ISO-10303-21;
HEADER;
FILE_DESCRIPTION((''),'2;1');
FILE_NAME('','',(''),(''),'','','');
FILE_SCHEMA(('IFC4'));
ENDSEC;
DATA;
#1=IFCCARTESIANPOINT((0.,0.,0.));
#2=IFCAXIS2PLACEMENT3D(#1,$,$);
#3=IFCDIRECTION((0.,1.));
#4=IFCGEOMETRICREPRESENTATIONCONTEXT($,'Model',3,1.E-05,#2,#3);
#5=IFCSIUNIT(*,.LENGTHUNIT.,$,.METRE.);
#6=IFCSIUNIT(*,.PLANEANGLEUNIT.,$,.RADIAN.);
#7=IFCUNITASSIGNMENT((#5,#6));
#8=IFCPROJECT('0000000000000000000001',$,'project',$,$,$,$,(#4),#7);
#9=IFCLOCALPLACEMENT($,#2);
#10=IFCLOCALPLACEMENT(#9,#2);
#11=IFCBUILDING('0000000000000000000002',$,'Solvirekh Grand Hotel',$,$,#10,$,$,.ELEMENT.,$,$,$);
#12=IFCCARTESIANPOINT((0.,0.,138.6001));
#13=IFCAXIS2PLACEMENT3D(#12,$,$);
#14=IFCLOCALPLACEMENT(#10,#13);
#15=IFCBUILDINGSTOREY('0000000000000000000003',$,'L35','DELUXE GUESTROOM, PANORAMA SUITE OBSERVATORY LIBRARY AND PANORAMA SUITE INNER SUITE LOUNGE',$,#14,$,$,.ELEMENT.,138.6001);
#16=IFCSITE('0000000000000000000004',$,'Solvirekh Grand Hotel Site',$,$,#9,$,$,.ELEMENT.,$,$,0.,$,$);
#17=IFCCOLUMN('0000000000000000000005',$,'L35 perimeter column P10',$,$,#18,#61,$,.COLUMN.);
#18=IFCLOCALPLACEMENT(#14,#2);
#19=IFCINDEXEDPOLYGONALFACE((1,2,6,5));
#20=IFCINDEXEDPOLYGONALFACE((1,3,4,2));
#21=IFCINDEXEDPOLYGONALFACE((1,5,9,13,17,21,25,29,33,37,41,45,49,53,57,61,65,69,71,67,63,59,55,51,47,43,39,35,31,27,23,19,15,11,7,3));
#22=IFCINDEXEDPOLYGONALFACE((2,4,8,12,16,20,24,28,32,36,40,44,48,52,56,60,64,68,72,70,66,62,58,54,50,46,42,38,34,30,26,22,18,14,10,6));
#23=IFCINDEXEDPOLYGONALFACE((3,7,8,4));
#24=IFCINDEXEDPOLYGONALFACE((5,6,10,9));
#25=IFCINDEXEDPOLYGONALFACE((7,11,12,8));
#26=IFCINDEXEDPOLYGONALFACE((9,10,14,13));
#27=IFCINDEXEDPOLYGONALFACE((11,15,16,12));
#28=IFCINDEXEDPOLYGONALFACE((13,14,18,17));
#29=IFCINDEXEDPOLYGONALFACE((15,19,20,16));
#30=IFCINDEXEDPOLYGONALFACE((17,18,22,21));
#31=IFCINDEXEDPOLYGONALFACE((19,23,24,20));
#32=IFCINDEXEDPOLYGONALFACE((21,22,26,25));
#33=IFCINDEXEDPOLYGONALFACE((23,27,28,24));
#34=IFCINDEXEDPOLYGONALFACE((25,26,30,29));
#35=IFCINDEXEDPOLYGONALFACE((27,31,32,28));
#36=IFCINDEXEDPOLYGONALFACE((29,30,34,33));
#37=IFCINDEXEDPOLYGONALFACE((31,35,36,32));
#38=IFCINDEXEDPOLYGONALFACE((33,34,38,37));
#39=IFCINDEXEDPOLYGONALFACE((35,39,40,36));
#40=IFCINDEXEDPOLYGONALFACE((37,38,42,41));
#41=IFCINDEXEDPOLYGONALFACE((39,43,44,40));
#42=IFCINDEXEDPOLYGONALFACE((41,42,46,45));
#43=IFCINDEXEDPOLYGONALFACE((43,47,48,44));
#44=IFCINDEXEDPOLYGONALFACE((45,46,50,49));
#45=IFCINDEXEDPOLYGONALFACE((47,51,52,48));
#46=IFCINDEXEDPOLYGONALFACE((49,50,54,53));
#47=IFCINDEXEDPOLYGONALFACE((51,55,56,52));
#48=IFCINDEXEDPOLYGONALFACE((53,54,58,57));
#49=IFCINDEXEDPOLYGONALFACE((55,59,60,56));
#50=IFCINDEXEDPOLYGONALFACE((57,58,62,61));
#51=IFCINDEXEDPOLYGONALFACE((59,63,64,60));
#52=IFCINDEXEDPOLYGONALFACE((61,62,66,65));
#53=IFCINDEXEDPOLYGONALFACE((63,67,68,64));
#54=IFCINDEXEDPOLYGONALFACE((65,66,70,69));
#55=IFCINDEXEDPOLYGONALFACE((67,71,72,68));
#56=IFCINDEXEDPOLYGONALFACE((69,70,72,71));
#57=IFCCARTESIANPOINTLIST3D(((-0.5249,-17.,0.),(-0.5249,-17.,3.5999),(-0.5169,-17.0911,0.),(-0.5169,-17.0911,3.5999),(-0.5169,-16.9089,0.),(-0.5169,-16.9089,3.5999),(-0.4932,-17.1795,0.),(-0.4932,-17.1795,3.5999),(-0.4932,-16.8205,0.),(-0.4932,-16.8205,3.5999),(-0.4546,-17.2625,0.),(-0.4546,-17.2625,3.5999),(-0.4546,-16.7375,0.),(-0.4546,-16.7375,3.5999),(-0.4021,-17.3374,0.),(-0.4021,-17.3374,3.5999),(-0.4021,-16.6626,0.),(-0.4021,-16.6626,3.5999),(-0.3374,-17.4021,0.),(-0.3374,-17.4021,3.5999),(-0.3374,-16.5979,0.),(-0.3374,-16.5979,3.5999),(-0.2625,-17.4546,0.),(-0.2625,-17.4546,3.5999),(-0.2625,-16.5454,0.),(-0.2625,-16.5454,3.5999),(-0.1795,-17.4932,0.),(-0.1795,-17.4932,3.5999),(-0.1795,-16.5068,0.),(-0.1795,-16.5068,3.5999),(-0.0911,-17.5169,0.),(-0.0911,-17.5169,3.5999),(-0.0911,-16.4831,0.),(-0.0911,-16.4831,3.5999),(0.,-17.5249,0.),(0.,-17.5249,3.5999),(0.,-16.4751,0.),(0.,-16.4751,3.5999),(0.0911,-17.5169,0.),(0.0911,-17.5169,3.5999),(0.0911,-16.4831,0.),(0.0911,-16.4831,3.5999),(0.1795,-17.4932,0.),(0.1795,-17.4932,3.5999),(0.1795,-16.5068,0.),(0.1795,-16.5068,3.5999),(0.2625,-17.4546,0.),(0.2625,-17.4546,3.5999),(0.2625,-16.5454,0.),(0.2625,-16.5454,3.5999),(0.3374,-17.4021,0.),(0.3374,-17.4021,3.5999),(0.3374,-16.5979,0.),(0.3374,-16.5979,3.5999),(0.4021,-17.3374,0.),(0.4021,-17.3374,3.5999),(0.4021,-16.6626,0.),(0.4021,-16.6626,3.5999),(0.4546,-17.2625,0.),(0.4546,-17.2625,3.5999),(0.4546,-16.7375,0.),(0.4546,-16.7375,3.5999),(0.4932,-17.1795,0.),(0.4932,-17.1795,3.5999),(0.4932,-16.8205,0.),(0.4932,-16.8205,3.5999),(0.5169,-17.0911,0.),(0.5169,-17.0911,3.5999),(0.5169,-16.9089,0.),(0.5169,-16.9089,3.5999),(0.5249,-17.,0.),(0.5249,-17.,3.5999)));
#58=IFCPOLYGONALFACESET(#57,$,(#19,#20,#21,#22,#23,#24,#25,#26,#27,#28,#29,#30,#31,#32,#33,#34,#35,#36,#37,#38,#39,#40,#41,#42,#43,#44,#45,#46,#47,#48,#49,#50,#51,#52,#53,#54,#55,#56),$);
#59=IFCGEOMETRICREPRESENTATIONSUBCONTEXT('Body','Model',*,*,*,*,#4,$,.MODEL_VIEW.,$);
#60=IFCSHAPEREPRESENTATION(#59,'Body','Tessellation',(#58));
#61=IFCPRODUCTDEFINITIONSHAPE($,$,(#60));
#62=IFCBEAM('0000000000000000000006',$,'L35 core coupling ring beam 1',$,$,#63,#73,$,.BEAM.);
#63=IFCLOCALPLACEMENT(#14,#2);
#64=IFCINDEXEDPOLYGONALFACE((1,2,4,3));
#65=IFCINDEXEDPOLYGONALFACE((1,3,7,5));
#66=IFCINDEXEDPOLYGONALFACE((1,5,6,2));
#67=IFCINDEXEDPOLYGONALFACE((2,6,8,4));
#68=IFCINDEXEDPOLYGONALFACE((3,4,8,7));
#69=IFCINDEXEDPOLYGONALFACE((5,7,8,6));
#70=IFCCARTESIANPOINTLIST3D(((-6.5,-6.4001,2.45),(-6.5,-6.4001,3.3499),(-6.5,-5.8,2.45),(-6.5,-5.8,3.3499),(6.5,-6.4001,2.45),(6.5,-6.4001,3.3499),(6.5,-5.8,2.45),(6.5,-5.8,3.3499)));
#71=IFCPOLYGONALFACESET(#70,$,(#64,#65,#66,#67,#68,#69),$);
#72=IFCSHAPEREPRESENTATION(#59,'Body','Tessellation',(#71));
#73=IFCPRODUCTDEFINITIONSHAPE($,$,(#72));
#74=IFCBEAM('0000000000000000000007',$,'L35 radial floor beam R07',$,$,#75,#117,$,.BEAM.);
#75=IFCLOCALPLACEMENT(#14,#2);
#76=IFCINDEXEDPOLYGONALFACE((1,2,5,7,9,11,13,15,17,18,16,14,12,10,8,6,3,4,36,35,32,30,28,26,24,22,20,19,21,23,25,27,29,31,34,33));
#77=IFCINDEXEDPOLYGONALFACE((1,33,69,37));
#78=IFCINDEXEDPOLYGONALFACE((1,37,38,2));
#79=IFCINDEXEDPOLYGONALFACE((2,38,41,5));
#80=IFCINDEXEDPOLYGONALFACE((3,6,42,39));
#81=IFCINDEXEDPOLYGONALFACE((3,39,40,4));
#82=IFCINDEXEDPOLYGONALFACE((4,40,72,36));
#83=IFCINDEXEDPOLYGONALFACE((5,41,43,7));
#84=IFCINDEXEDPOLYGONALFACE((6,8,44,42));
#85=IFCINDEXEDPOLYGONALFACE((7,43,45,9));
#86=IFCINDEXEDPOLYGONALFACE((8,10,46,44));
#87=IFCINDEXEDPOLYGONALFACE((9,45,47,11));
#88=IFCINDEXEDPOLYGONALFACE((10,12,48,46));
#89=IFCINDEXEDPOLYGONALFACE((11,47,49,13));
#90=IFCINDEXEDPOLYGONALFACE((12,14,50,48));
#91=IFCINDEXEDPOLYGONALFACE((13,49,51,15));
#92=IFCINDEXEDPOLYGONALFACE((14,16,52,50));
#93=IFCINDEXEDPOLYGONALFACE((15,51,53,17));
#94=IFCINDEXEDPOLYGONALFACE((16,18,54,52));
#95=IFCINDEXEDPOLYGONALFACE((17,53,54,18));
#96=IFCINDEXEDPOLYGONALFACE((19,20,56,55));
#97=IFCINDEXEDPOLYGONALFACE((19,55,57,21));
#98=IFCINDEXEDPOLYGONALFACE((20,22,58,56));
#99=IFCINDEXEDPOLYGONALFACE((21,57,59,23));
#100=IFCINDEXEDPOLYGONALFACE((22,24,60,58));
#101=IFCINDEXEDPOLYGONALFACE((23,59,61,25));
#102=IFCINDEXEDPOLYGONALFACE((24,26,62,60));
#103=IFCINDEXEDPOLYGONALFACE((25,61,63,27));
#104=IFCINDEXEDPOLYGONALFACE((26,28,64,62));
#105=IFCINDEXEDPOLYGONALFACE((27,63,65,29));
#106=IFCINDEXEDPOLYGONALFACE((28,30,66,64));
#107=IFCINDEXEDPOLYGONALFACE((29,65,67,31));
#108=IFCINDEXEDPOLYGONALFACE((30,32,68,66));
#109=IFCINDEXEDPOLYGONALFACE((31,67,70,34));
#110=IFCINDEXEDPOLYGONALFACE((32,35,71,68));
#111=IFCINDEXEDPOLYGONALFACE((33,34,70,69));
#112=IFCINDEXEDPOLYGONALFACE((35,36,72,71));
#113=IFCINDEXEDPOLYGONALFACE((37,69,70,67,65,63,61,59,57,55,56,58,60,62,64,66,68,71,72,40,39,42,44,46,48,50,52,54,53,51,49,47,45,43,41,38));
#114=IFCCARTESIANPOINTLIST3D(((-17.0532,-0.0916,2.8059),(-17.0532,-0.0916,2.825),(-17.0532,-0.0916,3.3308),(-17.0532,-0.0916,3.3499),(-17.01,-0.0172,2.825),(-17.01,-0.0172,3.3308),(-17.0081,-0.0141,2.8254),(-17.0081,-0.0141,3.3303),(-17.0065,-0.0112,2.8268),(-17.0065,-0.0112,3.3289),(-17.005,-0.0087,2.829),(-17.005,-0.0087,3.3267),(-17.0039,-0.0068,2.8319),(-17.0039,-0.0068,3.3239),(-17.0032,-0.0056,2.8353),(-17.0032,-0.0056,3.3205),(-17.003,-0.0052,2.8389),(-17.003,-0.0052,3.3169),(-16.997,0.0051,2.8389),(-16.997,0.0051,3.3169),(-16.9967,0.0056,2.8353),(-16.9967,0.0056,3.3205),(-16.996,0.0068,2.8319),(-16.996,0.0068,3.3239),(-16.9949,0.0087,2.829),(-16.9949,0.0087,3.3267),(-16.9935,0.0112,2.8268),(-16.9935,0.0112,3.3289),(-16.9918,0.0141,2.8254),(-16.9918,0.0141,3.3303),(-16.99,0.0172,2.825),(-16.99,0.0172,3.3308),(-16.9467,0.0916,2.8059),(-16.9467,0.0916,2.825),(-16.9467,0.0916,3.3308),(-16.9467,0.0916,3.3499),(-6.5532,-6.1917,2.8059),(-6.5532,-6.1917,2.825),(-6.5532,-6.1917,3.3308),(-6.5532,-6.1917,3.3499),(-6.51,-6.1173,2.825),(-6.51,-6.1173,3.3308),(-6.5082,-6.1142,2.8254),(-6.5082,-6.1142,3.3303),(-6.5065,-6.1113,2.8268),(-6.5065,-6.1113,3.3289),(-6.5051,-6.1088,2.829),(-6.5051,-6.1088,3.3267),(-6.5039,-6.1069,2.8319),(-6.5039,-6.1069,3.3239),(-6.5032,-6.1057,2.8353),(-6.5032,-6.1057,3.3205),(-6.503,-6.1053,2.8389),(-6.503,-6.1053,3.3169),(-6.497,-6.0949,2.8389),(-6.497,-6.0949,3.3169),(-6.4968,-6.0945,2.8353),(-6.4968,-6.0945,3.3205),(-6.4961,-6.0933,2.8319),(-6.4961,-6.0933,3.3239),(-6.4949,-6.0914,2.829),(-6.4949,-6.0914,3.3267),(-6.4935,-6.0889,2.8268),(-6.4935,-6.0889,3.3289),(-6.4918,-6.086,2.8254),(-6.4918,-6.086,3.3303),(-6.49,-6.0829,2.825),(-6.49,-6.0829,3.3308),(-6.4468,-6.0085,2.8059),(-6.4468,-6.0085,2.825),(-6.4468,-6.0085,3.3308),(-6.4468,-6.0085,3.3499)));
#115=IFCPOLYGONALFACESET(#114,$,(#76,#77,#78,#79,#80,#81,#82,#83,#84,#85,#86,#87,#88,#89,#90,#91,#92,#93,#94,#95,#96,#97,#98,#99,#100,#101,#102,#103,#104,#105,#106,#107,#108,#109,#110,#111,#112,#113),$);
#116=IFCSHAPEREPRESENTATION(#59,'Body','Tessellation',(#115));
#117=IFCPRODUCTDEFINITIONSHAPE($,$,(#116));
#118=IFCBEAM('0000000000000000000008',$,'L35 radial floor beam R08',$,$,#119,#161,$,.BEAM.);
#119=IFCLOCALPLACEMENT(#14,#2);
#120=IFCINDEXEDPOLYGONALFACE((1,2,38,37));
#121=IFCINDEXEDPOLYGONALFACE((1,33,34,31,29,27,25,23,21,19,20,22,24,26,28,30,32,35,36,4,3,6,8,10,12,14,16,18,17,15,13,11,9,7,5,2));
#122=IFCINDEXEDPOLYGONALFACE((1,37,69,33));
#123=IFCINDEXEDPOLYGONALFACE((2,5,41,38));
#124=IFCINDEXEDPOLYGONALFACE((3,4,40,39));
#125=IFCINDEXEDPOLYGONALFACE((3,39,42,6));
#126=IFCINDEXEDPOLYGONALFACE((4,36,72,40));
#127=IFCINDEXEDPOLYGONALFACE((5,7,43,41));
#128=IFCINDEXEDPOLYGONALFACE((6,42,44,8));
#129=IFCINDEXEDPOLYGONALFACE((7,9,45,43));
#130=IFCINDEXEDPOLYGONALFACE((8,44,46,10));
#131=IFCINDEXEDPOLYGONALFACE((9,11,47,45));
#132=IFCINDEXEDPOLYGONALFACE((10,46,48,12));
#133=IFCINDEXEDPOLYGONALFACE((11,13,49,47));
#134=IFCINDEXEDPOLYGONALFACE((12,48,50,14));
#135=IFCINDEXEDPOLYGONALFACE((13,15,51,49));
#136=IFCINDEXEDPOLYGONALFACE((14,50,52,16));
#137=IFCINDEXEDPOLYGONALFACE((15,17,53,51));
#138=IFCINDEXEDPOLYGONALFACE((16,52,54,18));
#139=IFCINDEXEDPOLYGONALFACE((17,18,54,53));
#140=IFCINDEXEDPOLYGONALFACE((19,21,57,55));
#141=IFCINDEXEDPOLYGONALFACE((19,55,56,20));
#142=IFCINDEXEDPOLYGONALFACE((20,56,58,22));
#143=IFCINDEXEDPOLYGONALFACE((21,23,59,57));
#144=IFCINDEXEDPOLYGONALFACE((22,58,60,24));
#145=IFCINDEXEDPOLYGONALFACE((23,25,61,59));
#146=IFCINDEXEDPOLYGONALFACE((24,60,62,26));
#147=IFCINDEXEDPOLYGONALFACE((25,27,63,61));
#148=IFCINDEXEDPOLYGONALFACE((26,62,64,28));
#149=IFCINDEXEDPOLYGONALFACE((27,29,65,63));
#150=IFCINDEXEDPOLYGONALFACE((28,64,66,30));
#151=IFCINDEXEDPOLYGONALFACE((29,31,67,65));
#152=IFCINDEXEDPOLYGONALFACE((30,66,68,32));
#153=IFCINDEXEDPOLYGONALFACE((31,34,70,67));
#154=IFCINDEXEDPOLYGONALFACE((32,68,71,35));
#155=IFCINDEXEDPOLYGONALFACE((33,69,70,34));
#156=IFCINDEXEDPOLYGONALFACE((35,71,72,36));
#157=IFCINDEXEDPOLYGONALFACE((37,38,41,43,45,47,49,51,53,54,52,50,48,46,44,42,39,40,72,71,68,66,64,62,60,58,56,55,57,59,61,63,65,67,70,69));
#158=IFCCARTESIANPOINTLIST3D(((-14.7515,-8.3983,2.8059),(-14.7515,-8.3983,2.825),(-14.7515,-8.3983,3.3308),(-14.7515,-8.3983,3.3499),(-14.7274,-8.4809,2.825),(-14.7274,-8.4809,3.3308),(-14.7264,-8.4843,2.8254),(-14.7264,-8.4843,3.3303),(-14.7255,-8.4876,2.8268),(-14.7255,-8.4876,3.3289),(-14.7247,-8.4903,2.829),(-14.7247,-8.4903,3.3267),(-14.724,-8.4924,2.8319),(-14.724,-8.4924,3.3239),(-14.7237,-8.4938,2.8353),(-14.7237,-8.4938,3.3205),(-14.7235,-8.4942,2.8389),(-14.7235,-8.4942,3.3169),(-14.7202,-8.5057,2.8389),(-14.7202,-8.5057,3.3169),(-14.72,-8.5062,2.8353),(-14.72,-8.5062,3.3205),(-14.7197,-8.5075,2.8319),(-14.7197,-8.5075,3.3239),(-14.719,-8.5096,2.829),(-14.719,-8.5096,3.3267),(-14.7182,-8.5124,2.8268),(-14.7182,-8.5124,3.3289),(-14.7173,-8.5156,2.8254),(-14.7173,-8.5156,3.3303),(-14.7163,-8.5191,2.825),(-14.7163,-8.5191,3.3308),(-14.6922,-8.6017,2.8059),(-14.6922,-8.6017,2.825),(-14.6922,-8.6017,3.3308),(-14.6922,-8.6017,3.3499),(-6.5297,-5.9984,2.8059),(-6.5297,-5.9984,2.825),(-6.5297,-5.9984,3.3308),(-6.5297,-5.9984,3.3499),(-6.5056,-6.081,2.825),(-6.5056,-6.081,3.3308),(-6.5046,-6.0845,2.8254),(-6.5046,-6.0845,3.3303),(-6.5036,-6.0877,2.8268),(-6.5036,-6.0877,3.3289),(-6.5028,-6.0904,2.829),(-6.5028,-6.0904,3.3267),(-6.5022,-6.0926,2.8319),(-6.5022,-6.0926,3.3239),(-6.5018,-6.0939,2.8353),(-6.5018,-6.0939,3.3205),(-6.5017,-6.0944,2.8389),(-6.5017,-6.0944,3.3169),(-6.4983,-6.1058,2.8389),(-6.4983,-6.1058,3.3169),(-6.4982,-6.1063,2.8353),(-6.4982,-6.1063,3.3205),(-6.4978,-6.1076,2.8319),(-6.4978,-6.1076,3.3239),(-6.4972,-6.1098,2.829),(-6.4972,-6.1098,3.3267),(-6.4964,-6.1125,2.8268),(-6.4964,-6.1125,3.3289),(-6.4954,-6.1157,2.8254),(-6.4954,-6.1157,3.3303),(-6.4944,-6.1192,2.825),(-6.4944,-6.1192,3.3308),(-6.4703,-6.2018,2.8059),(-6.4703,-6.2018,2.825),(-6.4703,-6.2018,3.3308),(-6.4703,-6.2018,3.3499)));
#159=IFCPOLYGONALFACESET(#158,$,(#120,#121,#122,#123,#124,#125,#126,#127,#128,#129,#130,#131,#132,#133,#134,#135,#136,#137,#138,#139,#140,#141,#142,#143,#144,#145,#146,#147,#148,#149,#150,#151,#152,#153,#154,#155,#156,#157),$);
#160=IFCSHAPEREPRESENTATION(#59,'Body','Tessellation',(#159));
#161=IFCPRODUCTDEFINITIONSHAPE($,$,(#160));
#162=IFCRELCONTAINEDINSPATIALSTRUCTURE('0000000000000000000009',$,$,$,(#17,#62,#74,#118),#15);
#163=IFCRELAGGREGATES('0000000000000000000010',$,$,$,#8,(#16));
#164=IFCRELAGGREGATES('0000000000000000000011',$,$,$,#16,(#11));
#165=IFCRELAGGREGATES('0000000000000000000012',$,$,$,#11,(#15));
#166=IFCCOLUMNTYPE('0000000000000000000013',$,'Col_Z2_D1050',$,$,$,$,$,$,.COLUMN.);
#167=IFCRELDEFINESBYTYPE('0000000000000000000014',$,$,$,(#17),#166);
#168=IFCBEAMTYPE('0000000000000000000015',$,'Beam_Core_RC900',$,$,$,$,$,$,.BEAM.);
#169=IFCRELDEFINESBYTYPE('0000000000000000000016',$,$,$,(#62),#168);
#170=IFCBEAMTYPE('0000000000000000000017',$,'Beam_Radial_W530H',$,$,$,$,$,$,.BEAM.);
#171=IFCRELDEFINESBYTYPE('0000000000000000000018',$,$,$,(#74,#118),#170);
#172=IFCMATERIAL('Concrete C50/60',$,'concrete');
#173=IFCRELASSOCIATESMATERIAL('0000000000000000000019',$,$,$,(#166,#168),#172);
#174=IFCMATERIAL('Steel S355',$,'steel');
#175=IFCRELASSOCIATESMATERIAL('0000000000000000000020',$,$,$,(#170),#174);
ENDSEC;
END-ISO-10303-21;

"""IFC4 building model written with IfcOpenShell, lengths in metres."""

from ifc_helpers import new_model, si_unit, direction, frame, origin, origin_2d, place, context, subcontext, project, spatial, rectangle, circle, i_section, extrude, material, material_profile, profile_set, type_object, element, save


model = new_model("IFC4")

# Units and contexts
model_context = context("Model", 3, precision=1e-05, world=origin(), true_north=direction((0.0, 1.0)))
body_context = subcontext(model_context, "Body", "Model", "MODEL_VIEW")
ifc_project = project(units=[si_unit("LENGTHUNIT", "METRE"), si_unit("PLANEANGLEUNIT", "RADIAN")], contexts=[model_context])

# Site, building, storey
site_placement = place(None, origin())
site = spatial("IfcSite", under=ifc_project, at=site_placement, Name="Solvirekh Grand Hotel Site", CompositionType="ELEMENT", RefElevation=0.0)
building_placement = place(site_placement, origin())
building = spatial("IfcBuilding", under=site, at=building_placement, Name="Solvirekh Grand Hotel", CompositionType="ELEMENT")
storey_placement = place(building_placement, frame((0.0, 0.0, 138.6001)))
storey = spatial("IfcBuildingStorey", under=building, at=storey_placement, Name="L35", Description="DELUXE GUESTROOM, PANORAMA SUITE OBSERVATORY LIBRARY AND PANORAMA SUITE INNER SUITE LOUNGE", CompositionType="ELEMENT", Elevation=138.6001)

# Column
ifc_material_1 = material(Name="Concrete C50/60", Category="concrete")
ifc_material_profile_1 = material_profile(ifc_material_1, circle(Radius=0.5249, at=origin_2d()), Name="RC CIRC D1050")
ifc_profile_set_1 = profile_set([ifc_material_profile_1], Name="Concrete C50/60")
column_type = type_object("IfcColumnType", Name="Col_Z2_D1050", PredefinedType="COLUMN", material=ifc_profile_set_1)
column_placement = place(storey_placement, frame((0.0, -17.0, 0.0), z_axis=(0.0, 0.0, 1.0), x_axis=(1.0, 0.0, 0.0)))
element("IfcColumn", 1, at=column_placement, inside=storey, type_object=column_type, Name="L35 perimeter column P10", PredefinedType="COLUMN", context=body_context, shape_type="SweptSolid", body=[
    extrude(circle(Radius=0.5249, at=origin_2d()), origin(), (0.0, 0.0, 1.0), 3.5999),
])

# Beams
ifc_material_profile_2 = material_profile(ifc_material_1, rectangle(XDim=0.6001, YDim=0.8999, at=origin_2d()), Name="RC BEAM 600X900")
ifc_profile_set_2 = profile_set([ifc_material_profile_2], Name="Concrete C50/60")
beam_type_1 = type_object("IfcBeamType", Name="Beam_Core_RC900", PredefinedType="BEAM", material=ifc_profile_set_2)
beam_1_placement = place(storey_placement, frame((-6.5, -6.1001, 2.8999), z_axis=(1.0, 0.0, 0.0), x_axis=(0.0, 1.0, 0.0)))
element("IfcBeam", 2, at=beam_1_placement, inside=storey, type_object=beam_type_1, Name="L35 core coupling ring beam 1", PredefinedType="BEAM", context=body_context, shape_type="SweptSolid", body=[
    extrude(rectangle(XDim=0.6001, YDim=0.8999, at=origin_2d()), origin(), (0.0, 0.0, 1.0), 13.0),
])
ifc_material_2 = material(Name="Steel S355", Category="steel")
ifc_material_profile_3 = material_profile(ifc_material_2, i_section(OverallWidth=0.2119, OverallDepth=0.5439, WebThickness=0.012, FlangeThickness=0.019, FilletRadius=0.0139, at=origin_2d()), Name="W530X123")
ifc_profile_set_3 = profile_set([ifc_material_profile_3], Name="Steel S355")
beam_type_2 = type_object("IfcBeamType", Name="Beam_Radial_W530H", PredefinedType="BEAM", material=ifc_profile_set_3)
beam_2_placement = place(storey_placement, frame((-6.5, -6.1001, 3.0779), z_axis=(-0.86467, 0.50234, 0.0), x_axis=(-0.50234, -0.86467, 0.0)))
element("IfcBeam", 3, at=beam_2_placement, inside=storey, type_object=beam_type_2, Name="L35 radial floor beam R07", PredefinedType="BEAM", context=body_context, shape_type="SweptSolid", body=[
    extrude(i_section(OverallWidth=0.2119, OverallDepth=0.5439, WebThickness=0.012, FlangeThickness=0.019, FilletRadius=0.0139, at=origin_2d()), origin(), (0.0, 0.0, 1.0), 12.1433),
])
beam_3_placement = place(storey_placement, frame((-6.5, -6.1001, 3.0779), z_axis=(-0.959942, -0.280198, 0.0), x_axis=(0.280198, -0.959942, 0.0)))
element("IfcBeam", 4, at=beam_3_placement, inside=storey, type_object=beam_type_2, Name="L35 radial floor beam R08", PredefinedType="BEAM", context=body_context, shape_type="SweptSolid", body=[
    extrude(i_section(OverallWidth=0.2119, OverallDepth=0.5439, WebThickness=0.012, FlangeThickness=0.019, FilletRadius=0.0139, at=origin_2d()), origin(), (0.0, 0.0, 1.0), 8.5649),
])

save(model, "model.ifc")
